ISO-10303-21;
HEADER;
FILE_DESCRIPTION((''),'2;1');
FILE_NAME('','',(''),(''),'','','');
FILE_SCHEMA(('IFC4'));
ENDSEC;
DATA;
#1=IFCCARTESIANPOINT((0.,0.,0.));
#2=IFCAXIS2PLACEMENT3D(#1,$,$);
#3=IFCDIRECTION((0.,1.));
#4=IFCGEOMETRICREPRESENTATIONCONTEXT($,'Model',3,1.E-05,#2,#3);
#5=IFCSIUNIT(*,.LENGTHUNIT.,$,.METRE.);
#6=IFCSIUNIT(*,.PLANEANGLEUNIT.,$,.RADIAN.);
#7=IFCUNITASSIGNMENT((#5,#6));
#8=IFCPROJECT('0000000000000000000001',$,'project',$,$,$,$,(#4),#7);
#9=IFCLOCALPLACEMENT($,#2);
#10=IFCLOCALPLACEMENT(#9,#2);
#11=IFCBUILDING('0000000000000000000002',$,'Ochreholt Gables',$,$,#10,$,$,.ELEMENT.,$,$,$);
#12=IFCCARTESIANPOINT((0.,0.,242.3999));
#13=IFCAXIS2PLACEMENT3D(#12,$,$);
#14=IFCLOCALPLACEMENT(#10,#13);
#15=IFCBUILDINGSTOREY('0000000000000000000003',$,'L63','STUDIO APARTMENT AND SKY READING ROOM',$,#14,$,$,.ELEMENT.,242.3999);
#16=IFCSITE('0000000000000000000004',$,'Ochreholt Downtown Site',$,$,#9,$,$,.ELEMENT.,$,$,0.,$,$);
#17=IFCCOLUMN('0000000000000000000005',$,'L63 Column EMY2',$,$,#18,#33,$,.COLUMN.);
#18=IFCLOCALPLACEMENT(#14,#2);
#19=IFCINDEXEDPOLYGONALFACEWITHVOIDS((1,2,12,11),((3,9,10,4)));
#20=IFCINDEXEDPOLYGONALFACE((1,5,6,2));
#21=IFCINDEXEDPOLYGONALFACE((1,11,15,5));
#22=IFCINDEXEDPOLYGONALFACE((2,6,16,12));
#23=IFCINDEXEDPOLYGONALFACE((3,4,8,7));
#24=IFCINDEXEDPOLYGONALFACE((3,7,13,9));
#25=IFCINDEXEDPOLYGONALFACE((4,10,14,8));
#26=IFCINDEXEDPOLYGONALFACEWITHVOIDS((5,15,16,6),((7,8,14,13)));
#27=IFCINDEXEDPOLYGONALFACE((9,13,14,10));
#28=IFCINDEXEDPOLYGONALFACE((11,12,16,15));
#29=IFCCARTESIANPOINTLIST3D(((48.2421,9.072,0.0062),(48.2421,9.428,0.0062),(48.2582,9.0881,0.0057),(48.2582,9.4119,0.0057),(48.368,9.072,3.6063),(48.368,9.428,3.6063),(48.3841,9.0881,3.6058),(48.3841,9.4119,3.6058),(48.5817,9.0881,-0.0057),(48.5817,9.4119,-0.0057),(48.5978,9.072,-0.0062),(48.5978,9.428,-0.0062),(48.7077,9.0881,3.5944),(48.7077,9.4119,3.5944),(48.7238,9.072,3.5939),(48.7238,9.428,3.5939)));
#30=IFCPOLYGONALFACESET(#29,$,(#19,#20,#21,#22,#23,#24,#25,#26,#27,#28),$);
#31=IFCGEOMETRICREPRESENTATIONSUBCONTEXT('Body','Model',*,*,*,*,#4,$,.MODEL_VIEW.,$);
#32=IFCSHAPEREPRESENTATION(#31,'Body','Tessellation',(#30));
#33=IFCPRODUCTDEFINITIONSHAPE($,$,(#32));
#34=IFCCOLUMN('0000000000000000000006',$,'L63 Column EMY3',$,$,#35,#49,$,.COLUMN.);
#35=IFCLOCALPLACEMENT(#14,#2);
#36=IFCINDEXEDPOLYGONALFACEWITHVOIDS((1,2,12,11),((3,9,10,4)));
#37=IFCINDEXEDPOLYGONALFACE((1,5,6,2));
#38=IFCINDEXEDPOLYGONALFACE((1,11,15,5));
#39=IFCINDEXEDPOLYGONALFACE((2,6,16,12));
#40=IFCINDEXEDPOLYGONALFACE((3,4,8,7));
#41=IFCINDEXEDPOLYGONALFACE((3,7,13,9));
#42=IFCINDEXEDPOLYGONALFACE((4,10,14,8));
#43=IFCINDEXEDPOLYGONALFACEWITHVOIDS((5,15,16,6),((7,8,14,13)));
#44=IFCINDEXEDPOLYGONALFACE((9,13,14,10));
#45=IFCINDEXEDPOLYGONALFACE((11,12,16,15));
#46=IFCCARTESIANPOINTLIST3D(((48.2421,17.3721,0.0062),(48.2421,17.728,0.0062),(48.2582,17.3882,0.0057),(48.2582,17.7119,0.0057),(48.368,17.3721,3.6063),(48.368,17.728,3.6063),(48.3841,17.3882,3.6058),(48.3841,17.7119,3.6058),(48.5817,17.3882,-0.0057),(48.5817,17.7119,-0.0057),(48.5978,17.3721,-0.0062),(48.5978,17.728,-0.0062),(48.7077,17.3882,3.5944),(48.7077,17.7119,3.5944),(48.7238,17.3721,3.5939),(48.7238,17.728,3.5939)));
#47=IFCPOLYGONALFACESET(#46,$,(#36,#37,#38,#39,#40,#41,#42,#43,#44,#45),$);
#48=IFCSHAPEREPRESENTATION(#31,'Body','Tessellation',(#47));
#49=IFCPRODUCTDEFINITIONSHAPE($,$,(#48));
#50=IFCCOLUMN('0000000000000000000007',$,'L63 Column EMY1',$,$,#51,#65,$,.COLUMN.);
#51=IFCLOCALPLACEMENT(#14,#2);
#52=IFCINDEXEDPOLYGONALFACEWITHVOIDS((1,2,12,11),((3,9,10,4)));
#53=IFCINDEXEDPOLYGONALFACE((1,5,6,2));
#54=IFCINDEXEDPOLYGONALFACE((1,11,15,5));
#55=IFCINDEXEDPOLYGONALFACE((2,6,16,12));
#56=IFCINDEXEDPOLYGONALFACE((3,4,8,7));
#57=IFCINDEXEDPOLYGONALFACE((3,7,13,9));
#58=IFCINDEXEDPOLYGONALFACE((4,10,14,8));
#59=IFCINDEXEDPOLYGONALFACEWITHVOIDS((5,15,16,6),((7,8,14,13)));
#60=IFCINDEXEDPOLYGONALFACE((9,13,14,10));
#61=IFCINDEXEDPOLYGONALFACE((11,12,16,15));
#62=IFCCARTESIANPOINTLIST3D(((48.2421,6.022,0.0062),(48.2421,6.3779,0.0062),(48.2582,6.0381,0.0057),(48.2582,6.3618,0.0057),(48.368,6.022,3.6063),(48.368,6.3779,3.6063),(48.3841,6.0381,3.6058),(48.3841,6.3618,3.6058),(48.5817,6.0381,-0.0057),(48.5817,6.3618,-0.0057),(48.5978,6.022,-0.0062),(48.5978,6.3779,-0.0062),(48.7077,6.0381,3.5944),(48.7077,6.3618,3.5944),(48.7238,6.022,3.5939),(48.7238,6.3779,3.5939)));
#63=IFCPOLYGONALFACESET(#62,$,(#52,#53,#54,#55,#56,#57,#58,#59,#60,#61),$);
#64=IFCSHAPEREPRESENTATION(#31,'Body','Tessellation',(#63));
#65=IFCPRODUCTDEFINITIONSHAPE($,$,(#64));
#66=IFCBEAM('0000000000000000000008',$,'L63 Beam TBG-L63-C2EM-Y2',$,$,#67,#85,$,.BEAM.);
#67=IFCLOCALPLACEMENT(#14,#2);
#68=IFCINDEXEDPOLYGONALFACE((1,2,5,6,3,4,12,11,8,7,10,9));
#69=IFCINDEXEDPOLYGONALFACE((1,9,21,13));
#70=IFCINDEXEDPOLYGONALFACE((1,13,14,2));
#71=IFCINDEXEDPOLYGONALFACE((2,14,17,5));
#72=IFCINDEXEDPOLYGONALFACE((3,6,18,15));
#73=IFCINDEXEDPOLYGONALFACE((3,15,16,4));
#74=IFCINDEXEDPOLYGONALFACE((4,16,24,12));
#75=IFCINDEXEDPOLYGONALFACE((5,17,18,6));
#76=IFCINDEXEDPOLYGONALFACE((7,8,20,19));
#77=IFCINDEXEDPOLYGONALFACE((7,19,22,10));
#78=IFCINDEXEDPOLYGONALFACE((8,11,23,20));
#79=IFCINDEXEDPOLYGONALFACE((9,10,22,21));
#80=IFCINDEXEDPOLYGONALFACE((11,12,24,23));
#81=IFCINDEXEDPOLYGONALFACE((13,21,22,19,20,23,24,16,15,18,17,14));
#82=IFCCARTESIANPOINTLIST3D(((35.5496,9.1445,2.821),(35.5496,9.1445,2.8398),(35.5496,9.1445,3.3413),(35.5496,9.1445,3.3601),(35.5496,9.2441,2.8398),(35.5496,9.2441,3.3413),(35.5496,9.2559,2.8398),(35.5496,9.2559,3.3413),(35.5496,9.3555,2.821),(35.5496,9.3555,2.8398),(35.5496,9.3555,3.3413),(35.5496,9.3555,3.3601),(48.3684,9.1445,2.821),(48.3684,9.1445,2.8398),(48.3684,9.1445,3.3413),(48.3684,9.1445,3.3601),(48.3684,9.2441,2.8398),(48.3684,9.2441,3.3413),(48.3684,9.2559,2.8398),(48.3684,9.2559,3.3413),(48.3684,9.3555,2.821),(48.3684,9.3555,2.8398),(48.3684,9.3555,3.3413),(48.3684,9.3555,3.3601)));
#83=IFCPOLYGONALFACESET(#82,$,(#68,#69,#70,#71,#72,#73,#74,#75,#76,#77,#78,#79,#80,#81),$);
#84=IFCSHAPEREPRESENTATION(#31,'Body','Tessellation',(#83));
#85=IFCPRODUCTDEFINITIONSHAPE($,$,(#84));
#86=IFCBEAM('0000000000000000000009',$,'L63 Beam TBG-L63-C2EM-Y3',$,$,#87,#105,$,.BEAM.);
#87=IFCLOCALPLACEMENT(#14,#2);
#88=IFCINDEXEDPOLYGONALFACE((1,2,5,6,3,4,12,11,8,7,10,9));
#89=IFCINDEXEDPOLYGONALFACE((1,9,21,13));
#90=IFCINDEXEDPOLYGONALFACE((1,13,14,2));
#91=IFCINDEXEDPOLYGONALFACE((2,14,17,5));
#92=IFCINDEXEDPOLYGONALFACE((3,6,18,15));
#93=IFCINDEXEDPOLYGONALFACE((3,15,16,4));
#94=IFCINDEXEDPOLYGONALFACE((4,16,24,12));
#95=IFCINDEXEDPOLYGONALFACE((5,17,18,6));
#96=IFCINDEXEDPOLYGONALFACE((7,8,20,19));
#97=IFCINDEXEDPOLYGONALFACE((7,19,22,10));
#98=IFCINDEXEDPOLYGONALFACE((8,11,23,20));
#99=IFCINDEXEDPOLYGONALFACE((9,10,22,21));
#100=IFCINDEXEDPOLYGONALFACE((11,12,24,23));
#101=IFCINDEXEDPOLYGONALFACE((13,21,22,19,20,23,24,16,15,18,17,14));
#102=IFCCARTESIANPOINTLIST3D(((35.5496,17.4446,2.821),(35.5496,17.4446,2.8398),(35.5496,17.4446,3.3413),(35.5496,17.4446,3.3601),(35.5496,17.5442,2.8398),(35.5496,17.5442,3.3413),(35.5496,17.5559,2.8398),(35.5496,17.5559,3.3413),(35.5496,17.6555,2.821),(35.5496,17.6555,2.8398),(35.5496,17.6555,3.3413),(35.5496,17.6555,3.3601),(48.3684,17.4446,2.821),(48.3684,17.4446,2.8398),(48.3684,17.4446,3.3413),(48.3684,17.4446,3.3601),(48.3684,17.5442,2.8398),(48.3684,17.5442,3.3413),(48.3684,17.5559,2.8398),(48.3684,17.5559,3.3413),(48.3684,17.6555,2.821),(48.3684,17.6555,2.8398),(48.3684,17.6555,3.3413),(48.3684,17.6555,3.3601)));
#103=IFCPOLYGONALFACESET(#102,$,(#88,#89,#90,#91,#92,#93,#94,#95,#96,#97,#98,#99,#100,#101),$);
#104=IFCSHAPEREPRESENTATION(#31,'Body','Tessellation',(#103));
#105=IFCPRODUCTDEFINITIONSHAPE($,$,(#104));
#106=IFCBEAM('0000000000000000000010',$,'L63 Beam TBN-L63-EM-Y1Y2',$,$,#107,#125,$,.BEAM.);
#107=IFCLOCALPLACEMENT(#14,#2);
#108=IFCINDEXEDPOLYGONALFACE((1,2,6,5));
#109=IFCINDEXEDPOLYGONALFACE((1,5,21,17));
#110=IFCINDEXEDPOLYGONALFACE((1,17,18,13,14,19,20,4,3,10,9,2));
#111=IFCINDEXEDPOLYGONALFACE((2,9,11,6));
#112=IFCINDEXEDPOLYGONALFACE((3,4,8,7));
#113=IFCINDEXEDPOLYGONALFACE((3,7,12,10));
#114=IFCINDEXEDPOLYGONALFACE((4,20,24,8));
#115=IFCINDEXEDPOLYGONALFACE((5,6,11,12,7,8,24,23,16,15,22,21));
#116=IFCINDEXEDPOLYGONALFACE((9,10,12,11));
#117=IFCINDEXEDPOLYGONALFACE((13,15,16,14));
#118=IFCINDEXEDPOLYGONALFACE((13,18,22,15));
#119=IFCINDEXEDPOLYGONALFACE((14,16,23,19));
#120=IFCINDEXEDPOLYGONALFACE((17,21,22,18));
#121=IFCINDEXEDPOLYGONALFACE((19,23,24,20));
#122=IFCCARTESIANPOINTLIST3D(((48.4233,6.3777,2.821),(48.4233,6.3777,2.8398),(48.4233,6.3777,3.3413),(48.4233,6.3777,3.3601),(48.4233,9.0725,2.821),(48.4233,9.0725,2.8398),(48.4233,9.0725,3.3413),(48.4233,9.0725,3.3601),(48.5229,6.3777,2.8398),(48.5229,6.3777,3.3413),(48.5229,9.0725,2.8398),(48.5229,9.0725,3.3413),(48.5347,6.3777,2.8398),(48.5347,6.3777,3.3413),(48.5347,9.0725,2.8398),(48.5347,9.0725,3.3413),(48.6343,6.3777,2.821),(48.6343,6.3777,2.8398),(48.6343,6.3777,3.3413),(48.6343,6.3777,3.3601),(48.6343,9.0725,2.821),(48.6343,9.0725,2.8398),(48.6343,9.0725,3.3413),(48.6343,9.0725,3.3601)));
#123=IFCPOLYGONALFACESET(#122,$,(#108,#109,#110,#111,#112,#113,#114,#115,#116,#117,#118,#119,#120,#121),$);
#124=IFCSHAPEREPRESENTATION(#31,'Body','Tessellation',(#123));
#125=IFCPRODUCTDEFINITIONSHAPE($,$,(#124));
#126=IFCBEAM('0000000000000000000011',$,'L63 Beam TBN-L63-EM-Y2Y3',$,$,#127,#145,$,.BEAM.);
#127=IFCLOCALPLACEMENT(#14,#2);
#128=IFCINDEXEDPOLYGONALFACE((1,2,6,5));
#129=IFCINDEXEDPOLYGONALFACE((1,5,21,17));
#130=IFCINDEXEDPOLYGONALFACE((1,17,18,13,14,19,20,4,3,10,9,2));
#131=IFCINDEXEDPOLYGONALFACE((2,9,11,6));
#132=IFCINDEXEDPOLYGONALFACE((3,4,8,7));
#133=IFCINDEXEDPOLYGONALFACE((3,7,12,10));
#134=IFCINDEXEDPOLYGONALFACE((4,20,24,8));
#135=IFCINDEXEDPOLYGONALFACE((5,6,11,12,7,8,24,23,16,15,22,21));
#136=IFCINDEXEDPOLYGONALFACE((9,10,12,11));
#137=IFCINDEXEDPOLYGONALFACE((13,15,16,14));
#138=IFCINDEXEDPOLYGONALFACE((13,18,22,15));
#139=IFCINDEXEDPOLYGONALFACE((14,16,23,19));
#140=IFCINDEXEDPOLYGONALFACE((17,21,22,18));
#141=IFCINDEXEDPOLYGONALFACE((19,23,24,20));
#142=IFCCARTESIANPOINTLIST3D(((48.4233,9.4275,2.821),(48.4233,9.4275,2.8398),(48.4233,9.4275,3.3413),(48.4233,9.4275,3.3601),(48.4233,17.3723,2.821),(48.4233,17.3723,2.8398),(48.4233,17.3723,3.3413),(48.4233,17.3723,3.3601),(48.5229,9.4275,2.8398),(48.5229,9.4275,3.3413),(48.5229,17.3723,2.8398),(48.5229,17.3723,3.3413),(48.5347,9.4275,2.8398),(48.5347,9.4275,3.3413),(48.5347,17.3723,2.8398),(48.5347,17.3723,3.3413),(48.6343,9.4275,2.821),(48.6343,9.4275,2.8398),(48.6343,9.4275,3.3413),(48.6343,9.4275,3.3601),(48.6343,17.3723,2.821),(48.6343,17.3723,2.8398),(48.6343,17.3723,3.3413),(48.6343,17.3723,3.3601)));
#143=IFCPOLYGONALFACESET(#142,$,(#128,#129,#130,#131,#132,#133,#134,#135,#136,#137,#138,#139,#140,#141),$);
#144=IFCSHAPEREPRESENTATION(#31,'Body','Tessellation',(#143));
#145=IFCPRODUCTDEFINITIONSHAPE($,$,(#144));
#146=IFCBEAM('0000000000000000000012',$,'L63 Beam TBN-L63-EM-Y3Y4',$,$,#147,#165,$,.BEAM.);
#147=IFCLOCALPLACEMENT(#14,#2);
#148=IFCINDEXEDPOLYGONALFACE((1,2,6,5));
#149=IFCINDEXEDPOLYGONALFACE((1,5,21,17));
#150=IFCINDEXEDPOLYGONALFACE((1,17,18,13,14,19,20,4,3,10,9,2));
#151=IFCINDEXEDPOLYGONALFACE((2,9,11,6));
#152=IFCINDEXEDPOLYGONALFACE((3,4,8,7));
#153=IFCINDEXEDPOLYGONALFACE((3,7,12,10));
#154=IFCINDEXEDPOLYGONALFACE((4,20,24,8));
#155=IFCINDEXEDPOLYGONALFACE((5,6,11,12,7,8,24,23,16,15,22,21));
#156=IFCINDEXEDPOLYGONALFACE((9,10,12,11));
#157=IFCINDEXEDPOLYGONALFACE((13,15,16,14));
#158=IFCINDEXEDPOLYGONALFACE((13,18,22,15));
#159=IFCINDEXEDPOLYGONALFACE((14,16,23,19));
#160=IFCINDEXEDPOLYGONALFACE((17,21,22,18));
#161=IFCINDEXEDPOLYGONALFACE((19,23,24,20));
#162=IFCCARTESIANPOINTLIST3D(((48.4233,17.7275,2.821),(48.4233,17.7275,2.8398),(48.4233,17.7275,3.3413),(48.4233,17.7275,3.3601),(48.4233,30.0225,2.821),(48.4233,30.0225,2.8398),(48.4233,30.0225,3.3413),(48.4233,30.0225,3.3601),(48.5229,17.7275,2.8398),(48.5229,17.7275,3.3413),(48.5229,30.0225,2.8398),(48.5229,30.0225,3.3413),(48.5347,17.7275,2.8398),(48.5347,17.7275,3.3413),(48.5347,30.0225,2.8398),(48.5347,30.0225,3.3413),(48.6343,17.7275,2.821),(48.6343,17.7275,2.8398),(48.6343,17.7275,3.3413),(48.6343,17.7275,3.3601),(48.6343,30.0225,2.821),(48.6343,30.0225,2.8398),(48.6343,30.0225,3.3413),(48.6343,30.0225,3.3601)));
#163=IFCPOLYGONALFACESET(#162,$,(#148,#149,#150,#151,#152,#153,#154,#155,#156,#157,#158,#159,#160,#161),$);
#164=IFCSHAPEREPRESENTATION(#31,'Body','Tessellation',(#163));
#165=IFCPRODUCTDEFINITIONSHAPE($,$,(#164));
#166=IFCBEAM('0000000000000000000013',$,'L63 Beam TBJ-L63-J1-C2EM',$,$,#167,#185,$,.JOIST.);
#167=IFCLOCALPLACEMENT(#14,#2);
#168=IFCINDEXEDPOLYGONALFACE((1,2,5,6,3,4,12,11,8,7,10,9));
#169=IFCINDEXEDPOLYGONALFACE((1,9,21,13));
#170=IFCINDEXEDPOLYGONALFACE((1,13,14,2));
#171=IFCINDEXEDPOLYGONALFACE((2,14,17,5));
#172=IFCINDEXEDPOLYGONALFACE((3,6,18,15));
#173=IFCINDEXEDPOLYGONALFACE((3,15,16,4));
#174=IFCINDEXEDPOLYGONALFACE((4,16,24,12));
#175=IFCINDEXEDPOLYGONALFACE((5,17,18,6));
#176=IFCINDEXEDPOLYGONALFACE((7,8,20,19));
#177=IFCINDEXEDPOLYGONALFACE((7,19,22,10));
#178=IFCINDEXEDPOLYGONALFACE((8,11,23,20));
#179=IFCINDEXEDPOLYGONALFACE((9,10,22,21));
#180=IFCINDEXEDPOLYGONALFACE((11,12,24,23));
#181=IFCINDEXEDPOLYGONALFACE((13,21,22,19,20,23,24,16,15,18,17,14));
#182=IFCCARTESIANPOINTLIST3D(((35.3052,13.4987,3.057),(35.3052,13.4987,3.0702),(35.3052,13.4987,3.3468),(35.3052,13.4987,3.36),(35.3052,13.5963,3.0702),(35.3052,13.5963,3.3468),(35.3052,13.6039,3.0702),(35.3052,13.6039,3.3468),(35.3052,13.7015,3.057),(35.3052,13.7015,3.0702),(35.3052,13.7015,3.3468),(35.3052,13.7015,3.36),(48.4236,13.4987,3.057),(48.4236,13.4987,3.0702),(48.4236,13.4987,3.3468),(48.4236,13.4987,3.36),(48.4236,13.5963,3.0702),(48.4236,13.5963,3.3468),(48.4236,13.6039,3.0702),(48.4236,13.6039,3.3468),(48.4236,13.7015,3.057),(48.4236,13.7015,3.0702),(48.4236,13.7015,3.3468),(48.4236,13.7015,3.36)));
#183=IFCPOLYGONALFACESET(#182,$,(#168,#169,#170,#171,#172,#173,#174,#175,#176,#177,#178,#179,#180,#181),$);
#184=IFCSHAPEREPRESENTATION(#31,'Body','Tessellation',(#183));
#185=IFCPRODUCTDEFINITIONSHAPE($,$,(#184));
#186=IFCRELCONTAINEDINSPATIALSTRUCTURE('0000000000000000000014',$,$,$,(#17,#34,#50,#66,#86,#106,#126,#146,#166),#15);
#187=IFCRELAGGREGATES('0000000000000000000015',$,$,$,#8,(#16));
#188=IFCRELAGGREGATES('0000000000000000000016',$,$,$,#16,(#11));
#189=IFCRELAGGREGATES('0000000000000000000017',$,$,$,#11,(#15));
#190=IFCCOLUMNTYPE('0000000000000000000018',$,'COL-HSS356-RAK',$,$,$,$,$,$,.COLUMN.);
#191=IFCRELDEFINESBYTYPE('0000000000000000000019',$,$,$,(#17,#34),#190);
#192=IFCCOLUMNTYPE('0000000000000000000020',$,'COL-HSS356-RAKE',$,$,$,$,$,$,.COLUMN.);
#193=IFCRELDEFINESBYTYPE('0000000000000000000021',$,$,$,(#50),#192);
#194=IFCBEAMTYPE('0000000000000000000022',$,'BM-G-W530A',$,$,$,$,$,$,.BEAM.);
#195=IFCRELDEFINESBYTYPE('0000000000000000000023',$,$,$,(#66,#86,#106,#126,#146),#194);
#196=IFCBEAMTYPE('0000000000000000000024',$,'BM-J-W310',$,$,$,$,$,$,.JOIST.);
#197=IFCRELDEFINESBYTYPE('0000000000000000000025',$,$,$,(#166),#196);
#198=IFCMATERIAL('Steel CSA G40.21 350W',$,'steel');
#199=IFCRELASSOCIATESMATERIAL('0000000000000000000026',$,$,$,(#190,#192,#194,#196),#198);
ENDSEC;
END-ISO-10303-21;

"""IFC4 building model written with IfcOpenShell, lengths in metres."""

from ifc_helpers import new_model, si_unit, direction, frame, origin, origin_2d, place, context, subcontext, project, spatial, hollow_rectangle, i_section, extrude, material, material_profile, profile_set, type_object, element, save


model = new_model("IFC4")

# Units and contexts
model_context = context("Model", 3, precision=1e-05, world=origin(), true_north=direction((0.0, 1.0)))
body_context = subcontext(model_context, "Body", "Model", "MODEL_VIEW")
ifc_project = project(units=[si_unit("LENGTHUNIT", "METRE"), si_unit("PLANEANGLEUNIT", "RADIAN")], contexts=[model_context])

# Site, building, storey
site_placement = place(None, origin())
site = spatial("IfcSite", under=ifc_project, at=site_placement, Name="Ochreholt Downtown Site", CompositionType="ELEMENT", RefElevation=0.0)
building_placement = place(site_placement, origin())
building = spatial("IfcBuilding", under=site, at=building_placement, Name="Ochreholt Gables", CompositionType="ELEMENT")
storey_placement = place(building_placement, frame((0.0, 0.0, 242.3999)))
storey = spatial("IfcBuildingStorey", under=building, at=storey_placement, Name="L63", Description="STUDIO APARTMENT AND SKY READING ROOM", CompositionType="ELEMENT", Elevation=242.3999)

# Columns
ifc_material_1 = material(Name="Steel CSA G40.21 350W", Category="steel")
ifc_material_profile_1 = material_profile(ifc_material_1, hollow_rectangle(XDim=0.356, YDim=0.356, WallThickness=0.0161, at=origin_2d()), Name="HSS356X356X16")
ifc_profile_set_1 = profile_set([ifc_material_profile_1], Name="Steel CSA G40.21 350W")
column_type_1 = type_object("IfcColumnType", Name="COL-HSS356-RAK", PredefinedType="COLUMN", material=ifc_profile_set_1)
for number, where, z_axis, x_axis, name in (
    (1, (48.4199, 9.25, 0.0), (0.034971, 0.0, 0.999388), (0.0, 1.0, 0.0), "L63 Column EMY2"),
    (2, (48.4199, 17.55, 0.0), (0.034971, 0.0, 0.999388), (0.0, 1.0, 0.0), "L63 Column EMY3"),
):
    element("IfcColumn", number, at=place(storey_placement, frame(where, z_axis=z_axis, x_axis=x_axis)), inside=storey, type_object=column_type_1, Name=name, PredefinedType="COLUMN", context=body_context, shape_type="SweptSolid", body=[
        extrude(hollow_rectangle(XDim=0.356, YDim=0.356, WallThickness=0.0161, at=origin_2d()), origin(), (0.0, 0.0, 1.0), 3.6023),
    ])
ifc_material_profile_2 = material_profile(ifc_material_1, hollow_rectangle(XDim=0.356, YDim=0.356, WallThickness=0.0161, at=origin_2d()), Name="HSS356X356X16")
ifc_profile_set_2 = profile_set([ifc_material_profile_2], Name="Steel CSA G40.21 350W")
column_type_2 = type_object("IfcColumnType", Name="COL-HSS356-RAKE", PredefinedType="COLUMN", material=ifc_profile_set_2)
column_placement = place(storey_placement, frame((48.4199, 6.2, 0.0), z_axis=(0.034971, 0.0, 0.999388), x_axis=(0.0, 1.0, 0.0)))
element("IfcColumn", 3, at=column_placement, inside=storey, type_object=column_type_2, Name="L63 Column EMY1", PredefinedType="COLUMN", context=body_context, shape_type="SweptSolid", body=[
    extrude(hollow_rectangle(XDim=0.356, YDim=0.356, WallThickness=0.0161, at=origin_2d()), origin(), (0.0, 0.0, 1.0), 3.6023),
])

# Beams
ifc_material_profile_3 = material_profile(ifc_material_1, i_section(OverallWidth=0.2109, OverallDepth=0.5391, WebThickness=0.0117, FlangeThickness=0.0188, at=origin_2d()), Name="W530X109")
ifc_profile_set_3 = profile_set([ifc_material_profile_3], Name="Steel CSA G40.21 350W")
beam_type_1 = type_object("IfcBeamType", Name="BM-G-W530A", PredefinedType="BEAM", material=ifc_profile_set_3)
for number, where, z_axis, x_axis, name in (
    (4, (35.5496, 9.25, 3.0906), (1.0, 0.0, 0.0), (0.0, 1.0, 0.0), "L63 Beam TBG-L63-C2EM-Y2"),
    (5, (35.5496, 17.55, 3.0906), (1.0, 0.0, 0.0), (0.0, 1.0, 0.0), "L63 Beam TBG-L63-C2EM-Y3"),
):
    element("IfcBeam", number, at=place(storey_placement, frame(where, z_axis=z_axis, x_axis=x_axis)), inside=storey, type_object=beam_type_1, Name=name, PredefinedType="BEAM", context=body_context, shape_type="SweptSolid", body=[
        extrude(i_section(OverallWidth=0.2109, OverallDepth=0.5391, WebThickness=0.0117, FlangeThickness=0.0188, at=origin_2d()), origin(), (0.0, 0.0, 1.0), 12.8188),
    ])
beam_1_placement = place(storey_placement, frame((48.5288, 6.3777, 3.0906), z_axis=(0.0, 1.0, 0.0), x_axis=(-1.0, 0.0, 0.0)))
element("IfcBeam", 6, at=beam_1_placement, inside=storey, type_object=beam_type_1, Name="L63 Beam TBN-L63-EM-Y1Y2", PredefinedType="BEAM", context=body_context, shape_type="SweptSolid", body=[
    extrude(i_section(OverallWidth=0.2109, OverallDepth=0.5391, WebThickness=0.0117, FlangeThickness=0.0188, at=origin_2d()), origin(), (0.0, 0.0, 1.0), 2.6948),
])
beam_2_placement = place(storey_placement, frame((48.5288, 9.4275, 3.0906), z_axis=(0.0, 1.0, 0.0), x_axis=(-1.0, 0.0, 0.0)))
element("IfcBeam", 7, at=beam_2_placement, inside=storey, type_object=beam_type_1, Name="L63 Beam TBN-L63-EM-Y2Y3", PredefinedType="BEAM", context=body_context, shape_type="SweptSolid", body=[
    extrude(i_section(OverallWidth=0.2109, OverallDepth=0.5391, WebThickness=0.0117, FlangeThickness=0.0188, at=origin_2d()), origin(), (0.0, 0.0, 1.0), 7.9448),
])
beam_3_placement = place(storey_placement, frame((48.5288, 17.7275, 3.0906), z_axis=(0.0, 1.0, 0.0), x_axis=(-1.0, 0.0, 0.0)))
element("IfcBeam", 8, at=beam_3_placement, inside=storey, type_object=beam_type_1, Name="L63 Beam TBN-L63-EM-Y3Y4", PredefinedType="BEAM", context=body_context, shape_type="SweptSolid", body=[
    extrude(i_section(OverallWidth=0.2109, OverallDepth=0.5391, WebThickness=0.0117, FlangeThickness=0.0188, at=origin_2d()), origin(), (0.0, 0.0, 1.0), 12.2949),
])
ifc_material_profile_4 = material_profile(ifc_material_1, i_section(OverallWidth=0.2029, OverallDepth=0.303, WebThickness=0.0076, FlangeThickness=0.0132, at=origin_2d()), Name="W310X60")
ifc_profile_set_4 = profile_set([ifc_material_profile_4], Name="Steel CSA G40.21 350W")
beam_type_2 = type_object("IfcBeamType", Name="BM-J-W310", PredefinedType="JOIST", material=ifc_profile_set_4)
beam_4_placement = place(storey_placement, frame((35.3052, 13.6001, 3.2085), z_axis=(1.0, 0.0, 0.0), x_axis=(0.0, 1.0, 0.0)))
element("IfcBeam", 9, at=beam_4_placement, inside=storey, type_object=beam_type_2, Name="L63 Beam TBJ-L63-J1-C2EM", PredefinedType="JOIST", context=body_context, shape_type="SweptSolid", body=[
    extrude(i_section(OverallWidth=0.2029, OverallDepth=0.303, WebThickness=0.0076, FlangeThickness=0.0132, at=origin_2d()), origin(), (0.0, 0.0, 1.0), 13.1184),
])

save(model, "model.ifc")
